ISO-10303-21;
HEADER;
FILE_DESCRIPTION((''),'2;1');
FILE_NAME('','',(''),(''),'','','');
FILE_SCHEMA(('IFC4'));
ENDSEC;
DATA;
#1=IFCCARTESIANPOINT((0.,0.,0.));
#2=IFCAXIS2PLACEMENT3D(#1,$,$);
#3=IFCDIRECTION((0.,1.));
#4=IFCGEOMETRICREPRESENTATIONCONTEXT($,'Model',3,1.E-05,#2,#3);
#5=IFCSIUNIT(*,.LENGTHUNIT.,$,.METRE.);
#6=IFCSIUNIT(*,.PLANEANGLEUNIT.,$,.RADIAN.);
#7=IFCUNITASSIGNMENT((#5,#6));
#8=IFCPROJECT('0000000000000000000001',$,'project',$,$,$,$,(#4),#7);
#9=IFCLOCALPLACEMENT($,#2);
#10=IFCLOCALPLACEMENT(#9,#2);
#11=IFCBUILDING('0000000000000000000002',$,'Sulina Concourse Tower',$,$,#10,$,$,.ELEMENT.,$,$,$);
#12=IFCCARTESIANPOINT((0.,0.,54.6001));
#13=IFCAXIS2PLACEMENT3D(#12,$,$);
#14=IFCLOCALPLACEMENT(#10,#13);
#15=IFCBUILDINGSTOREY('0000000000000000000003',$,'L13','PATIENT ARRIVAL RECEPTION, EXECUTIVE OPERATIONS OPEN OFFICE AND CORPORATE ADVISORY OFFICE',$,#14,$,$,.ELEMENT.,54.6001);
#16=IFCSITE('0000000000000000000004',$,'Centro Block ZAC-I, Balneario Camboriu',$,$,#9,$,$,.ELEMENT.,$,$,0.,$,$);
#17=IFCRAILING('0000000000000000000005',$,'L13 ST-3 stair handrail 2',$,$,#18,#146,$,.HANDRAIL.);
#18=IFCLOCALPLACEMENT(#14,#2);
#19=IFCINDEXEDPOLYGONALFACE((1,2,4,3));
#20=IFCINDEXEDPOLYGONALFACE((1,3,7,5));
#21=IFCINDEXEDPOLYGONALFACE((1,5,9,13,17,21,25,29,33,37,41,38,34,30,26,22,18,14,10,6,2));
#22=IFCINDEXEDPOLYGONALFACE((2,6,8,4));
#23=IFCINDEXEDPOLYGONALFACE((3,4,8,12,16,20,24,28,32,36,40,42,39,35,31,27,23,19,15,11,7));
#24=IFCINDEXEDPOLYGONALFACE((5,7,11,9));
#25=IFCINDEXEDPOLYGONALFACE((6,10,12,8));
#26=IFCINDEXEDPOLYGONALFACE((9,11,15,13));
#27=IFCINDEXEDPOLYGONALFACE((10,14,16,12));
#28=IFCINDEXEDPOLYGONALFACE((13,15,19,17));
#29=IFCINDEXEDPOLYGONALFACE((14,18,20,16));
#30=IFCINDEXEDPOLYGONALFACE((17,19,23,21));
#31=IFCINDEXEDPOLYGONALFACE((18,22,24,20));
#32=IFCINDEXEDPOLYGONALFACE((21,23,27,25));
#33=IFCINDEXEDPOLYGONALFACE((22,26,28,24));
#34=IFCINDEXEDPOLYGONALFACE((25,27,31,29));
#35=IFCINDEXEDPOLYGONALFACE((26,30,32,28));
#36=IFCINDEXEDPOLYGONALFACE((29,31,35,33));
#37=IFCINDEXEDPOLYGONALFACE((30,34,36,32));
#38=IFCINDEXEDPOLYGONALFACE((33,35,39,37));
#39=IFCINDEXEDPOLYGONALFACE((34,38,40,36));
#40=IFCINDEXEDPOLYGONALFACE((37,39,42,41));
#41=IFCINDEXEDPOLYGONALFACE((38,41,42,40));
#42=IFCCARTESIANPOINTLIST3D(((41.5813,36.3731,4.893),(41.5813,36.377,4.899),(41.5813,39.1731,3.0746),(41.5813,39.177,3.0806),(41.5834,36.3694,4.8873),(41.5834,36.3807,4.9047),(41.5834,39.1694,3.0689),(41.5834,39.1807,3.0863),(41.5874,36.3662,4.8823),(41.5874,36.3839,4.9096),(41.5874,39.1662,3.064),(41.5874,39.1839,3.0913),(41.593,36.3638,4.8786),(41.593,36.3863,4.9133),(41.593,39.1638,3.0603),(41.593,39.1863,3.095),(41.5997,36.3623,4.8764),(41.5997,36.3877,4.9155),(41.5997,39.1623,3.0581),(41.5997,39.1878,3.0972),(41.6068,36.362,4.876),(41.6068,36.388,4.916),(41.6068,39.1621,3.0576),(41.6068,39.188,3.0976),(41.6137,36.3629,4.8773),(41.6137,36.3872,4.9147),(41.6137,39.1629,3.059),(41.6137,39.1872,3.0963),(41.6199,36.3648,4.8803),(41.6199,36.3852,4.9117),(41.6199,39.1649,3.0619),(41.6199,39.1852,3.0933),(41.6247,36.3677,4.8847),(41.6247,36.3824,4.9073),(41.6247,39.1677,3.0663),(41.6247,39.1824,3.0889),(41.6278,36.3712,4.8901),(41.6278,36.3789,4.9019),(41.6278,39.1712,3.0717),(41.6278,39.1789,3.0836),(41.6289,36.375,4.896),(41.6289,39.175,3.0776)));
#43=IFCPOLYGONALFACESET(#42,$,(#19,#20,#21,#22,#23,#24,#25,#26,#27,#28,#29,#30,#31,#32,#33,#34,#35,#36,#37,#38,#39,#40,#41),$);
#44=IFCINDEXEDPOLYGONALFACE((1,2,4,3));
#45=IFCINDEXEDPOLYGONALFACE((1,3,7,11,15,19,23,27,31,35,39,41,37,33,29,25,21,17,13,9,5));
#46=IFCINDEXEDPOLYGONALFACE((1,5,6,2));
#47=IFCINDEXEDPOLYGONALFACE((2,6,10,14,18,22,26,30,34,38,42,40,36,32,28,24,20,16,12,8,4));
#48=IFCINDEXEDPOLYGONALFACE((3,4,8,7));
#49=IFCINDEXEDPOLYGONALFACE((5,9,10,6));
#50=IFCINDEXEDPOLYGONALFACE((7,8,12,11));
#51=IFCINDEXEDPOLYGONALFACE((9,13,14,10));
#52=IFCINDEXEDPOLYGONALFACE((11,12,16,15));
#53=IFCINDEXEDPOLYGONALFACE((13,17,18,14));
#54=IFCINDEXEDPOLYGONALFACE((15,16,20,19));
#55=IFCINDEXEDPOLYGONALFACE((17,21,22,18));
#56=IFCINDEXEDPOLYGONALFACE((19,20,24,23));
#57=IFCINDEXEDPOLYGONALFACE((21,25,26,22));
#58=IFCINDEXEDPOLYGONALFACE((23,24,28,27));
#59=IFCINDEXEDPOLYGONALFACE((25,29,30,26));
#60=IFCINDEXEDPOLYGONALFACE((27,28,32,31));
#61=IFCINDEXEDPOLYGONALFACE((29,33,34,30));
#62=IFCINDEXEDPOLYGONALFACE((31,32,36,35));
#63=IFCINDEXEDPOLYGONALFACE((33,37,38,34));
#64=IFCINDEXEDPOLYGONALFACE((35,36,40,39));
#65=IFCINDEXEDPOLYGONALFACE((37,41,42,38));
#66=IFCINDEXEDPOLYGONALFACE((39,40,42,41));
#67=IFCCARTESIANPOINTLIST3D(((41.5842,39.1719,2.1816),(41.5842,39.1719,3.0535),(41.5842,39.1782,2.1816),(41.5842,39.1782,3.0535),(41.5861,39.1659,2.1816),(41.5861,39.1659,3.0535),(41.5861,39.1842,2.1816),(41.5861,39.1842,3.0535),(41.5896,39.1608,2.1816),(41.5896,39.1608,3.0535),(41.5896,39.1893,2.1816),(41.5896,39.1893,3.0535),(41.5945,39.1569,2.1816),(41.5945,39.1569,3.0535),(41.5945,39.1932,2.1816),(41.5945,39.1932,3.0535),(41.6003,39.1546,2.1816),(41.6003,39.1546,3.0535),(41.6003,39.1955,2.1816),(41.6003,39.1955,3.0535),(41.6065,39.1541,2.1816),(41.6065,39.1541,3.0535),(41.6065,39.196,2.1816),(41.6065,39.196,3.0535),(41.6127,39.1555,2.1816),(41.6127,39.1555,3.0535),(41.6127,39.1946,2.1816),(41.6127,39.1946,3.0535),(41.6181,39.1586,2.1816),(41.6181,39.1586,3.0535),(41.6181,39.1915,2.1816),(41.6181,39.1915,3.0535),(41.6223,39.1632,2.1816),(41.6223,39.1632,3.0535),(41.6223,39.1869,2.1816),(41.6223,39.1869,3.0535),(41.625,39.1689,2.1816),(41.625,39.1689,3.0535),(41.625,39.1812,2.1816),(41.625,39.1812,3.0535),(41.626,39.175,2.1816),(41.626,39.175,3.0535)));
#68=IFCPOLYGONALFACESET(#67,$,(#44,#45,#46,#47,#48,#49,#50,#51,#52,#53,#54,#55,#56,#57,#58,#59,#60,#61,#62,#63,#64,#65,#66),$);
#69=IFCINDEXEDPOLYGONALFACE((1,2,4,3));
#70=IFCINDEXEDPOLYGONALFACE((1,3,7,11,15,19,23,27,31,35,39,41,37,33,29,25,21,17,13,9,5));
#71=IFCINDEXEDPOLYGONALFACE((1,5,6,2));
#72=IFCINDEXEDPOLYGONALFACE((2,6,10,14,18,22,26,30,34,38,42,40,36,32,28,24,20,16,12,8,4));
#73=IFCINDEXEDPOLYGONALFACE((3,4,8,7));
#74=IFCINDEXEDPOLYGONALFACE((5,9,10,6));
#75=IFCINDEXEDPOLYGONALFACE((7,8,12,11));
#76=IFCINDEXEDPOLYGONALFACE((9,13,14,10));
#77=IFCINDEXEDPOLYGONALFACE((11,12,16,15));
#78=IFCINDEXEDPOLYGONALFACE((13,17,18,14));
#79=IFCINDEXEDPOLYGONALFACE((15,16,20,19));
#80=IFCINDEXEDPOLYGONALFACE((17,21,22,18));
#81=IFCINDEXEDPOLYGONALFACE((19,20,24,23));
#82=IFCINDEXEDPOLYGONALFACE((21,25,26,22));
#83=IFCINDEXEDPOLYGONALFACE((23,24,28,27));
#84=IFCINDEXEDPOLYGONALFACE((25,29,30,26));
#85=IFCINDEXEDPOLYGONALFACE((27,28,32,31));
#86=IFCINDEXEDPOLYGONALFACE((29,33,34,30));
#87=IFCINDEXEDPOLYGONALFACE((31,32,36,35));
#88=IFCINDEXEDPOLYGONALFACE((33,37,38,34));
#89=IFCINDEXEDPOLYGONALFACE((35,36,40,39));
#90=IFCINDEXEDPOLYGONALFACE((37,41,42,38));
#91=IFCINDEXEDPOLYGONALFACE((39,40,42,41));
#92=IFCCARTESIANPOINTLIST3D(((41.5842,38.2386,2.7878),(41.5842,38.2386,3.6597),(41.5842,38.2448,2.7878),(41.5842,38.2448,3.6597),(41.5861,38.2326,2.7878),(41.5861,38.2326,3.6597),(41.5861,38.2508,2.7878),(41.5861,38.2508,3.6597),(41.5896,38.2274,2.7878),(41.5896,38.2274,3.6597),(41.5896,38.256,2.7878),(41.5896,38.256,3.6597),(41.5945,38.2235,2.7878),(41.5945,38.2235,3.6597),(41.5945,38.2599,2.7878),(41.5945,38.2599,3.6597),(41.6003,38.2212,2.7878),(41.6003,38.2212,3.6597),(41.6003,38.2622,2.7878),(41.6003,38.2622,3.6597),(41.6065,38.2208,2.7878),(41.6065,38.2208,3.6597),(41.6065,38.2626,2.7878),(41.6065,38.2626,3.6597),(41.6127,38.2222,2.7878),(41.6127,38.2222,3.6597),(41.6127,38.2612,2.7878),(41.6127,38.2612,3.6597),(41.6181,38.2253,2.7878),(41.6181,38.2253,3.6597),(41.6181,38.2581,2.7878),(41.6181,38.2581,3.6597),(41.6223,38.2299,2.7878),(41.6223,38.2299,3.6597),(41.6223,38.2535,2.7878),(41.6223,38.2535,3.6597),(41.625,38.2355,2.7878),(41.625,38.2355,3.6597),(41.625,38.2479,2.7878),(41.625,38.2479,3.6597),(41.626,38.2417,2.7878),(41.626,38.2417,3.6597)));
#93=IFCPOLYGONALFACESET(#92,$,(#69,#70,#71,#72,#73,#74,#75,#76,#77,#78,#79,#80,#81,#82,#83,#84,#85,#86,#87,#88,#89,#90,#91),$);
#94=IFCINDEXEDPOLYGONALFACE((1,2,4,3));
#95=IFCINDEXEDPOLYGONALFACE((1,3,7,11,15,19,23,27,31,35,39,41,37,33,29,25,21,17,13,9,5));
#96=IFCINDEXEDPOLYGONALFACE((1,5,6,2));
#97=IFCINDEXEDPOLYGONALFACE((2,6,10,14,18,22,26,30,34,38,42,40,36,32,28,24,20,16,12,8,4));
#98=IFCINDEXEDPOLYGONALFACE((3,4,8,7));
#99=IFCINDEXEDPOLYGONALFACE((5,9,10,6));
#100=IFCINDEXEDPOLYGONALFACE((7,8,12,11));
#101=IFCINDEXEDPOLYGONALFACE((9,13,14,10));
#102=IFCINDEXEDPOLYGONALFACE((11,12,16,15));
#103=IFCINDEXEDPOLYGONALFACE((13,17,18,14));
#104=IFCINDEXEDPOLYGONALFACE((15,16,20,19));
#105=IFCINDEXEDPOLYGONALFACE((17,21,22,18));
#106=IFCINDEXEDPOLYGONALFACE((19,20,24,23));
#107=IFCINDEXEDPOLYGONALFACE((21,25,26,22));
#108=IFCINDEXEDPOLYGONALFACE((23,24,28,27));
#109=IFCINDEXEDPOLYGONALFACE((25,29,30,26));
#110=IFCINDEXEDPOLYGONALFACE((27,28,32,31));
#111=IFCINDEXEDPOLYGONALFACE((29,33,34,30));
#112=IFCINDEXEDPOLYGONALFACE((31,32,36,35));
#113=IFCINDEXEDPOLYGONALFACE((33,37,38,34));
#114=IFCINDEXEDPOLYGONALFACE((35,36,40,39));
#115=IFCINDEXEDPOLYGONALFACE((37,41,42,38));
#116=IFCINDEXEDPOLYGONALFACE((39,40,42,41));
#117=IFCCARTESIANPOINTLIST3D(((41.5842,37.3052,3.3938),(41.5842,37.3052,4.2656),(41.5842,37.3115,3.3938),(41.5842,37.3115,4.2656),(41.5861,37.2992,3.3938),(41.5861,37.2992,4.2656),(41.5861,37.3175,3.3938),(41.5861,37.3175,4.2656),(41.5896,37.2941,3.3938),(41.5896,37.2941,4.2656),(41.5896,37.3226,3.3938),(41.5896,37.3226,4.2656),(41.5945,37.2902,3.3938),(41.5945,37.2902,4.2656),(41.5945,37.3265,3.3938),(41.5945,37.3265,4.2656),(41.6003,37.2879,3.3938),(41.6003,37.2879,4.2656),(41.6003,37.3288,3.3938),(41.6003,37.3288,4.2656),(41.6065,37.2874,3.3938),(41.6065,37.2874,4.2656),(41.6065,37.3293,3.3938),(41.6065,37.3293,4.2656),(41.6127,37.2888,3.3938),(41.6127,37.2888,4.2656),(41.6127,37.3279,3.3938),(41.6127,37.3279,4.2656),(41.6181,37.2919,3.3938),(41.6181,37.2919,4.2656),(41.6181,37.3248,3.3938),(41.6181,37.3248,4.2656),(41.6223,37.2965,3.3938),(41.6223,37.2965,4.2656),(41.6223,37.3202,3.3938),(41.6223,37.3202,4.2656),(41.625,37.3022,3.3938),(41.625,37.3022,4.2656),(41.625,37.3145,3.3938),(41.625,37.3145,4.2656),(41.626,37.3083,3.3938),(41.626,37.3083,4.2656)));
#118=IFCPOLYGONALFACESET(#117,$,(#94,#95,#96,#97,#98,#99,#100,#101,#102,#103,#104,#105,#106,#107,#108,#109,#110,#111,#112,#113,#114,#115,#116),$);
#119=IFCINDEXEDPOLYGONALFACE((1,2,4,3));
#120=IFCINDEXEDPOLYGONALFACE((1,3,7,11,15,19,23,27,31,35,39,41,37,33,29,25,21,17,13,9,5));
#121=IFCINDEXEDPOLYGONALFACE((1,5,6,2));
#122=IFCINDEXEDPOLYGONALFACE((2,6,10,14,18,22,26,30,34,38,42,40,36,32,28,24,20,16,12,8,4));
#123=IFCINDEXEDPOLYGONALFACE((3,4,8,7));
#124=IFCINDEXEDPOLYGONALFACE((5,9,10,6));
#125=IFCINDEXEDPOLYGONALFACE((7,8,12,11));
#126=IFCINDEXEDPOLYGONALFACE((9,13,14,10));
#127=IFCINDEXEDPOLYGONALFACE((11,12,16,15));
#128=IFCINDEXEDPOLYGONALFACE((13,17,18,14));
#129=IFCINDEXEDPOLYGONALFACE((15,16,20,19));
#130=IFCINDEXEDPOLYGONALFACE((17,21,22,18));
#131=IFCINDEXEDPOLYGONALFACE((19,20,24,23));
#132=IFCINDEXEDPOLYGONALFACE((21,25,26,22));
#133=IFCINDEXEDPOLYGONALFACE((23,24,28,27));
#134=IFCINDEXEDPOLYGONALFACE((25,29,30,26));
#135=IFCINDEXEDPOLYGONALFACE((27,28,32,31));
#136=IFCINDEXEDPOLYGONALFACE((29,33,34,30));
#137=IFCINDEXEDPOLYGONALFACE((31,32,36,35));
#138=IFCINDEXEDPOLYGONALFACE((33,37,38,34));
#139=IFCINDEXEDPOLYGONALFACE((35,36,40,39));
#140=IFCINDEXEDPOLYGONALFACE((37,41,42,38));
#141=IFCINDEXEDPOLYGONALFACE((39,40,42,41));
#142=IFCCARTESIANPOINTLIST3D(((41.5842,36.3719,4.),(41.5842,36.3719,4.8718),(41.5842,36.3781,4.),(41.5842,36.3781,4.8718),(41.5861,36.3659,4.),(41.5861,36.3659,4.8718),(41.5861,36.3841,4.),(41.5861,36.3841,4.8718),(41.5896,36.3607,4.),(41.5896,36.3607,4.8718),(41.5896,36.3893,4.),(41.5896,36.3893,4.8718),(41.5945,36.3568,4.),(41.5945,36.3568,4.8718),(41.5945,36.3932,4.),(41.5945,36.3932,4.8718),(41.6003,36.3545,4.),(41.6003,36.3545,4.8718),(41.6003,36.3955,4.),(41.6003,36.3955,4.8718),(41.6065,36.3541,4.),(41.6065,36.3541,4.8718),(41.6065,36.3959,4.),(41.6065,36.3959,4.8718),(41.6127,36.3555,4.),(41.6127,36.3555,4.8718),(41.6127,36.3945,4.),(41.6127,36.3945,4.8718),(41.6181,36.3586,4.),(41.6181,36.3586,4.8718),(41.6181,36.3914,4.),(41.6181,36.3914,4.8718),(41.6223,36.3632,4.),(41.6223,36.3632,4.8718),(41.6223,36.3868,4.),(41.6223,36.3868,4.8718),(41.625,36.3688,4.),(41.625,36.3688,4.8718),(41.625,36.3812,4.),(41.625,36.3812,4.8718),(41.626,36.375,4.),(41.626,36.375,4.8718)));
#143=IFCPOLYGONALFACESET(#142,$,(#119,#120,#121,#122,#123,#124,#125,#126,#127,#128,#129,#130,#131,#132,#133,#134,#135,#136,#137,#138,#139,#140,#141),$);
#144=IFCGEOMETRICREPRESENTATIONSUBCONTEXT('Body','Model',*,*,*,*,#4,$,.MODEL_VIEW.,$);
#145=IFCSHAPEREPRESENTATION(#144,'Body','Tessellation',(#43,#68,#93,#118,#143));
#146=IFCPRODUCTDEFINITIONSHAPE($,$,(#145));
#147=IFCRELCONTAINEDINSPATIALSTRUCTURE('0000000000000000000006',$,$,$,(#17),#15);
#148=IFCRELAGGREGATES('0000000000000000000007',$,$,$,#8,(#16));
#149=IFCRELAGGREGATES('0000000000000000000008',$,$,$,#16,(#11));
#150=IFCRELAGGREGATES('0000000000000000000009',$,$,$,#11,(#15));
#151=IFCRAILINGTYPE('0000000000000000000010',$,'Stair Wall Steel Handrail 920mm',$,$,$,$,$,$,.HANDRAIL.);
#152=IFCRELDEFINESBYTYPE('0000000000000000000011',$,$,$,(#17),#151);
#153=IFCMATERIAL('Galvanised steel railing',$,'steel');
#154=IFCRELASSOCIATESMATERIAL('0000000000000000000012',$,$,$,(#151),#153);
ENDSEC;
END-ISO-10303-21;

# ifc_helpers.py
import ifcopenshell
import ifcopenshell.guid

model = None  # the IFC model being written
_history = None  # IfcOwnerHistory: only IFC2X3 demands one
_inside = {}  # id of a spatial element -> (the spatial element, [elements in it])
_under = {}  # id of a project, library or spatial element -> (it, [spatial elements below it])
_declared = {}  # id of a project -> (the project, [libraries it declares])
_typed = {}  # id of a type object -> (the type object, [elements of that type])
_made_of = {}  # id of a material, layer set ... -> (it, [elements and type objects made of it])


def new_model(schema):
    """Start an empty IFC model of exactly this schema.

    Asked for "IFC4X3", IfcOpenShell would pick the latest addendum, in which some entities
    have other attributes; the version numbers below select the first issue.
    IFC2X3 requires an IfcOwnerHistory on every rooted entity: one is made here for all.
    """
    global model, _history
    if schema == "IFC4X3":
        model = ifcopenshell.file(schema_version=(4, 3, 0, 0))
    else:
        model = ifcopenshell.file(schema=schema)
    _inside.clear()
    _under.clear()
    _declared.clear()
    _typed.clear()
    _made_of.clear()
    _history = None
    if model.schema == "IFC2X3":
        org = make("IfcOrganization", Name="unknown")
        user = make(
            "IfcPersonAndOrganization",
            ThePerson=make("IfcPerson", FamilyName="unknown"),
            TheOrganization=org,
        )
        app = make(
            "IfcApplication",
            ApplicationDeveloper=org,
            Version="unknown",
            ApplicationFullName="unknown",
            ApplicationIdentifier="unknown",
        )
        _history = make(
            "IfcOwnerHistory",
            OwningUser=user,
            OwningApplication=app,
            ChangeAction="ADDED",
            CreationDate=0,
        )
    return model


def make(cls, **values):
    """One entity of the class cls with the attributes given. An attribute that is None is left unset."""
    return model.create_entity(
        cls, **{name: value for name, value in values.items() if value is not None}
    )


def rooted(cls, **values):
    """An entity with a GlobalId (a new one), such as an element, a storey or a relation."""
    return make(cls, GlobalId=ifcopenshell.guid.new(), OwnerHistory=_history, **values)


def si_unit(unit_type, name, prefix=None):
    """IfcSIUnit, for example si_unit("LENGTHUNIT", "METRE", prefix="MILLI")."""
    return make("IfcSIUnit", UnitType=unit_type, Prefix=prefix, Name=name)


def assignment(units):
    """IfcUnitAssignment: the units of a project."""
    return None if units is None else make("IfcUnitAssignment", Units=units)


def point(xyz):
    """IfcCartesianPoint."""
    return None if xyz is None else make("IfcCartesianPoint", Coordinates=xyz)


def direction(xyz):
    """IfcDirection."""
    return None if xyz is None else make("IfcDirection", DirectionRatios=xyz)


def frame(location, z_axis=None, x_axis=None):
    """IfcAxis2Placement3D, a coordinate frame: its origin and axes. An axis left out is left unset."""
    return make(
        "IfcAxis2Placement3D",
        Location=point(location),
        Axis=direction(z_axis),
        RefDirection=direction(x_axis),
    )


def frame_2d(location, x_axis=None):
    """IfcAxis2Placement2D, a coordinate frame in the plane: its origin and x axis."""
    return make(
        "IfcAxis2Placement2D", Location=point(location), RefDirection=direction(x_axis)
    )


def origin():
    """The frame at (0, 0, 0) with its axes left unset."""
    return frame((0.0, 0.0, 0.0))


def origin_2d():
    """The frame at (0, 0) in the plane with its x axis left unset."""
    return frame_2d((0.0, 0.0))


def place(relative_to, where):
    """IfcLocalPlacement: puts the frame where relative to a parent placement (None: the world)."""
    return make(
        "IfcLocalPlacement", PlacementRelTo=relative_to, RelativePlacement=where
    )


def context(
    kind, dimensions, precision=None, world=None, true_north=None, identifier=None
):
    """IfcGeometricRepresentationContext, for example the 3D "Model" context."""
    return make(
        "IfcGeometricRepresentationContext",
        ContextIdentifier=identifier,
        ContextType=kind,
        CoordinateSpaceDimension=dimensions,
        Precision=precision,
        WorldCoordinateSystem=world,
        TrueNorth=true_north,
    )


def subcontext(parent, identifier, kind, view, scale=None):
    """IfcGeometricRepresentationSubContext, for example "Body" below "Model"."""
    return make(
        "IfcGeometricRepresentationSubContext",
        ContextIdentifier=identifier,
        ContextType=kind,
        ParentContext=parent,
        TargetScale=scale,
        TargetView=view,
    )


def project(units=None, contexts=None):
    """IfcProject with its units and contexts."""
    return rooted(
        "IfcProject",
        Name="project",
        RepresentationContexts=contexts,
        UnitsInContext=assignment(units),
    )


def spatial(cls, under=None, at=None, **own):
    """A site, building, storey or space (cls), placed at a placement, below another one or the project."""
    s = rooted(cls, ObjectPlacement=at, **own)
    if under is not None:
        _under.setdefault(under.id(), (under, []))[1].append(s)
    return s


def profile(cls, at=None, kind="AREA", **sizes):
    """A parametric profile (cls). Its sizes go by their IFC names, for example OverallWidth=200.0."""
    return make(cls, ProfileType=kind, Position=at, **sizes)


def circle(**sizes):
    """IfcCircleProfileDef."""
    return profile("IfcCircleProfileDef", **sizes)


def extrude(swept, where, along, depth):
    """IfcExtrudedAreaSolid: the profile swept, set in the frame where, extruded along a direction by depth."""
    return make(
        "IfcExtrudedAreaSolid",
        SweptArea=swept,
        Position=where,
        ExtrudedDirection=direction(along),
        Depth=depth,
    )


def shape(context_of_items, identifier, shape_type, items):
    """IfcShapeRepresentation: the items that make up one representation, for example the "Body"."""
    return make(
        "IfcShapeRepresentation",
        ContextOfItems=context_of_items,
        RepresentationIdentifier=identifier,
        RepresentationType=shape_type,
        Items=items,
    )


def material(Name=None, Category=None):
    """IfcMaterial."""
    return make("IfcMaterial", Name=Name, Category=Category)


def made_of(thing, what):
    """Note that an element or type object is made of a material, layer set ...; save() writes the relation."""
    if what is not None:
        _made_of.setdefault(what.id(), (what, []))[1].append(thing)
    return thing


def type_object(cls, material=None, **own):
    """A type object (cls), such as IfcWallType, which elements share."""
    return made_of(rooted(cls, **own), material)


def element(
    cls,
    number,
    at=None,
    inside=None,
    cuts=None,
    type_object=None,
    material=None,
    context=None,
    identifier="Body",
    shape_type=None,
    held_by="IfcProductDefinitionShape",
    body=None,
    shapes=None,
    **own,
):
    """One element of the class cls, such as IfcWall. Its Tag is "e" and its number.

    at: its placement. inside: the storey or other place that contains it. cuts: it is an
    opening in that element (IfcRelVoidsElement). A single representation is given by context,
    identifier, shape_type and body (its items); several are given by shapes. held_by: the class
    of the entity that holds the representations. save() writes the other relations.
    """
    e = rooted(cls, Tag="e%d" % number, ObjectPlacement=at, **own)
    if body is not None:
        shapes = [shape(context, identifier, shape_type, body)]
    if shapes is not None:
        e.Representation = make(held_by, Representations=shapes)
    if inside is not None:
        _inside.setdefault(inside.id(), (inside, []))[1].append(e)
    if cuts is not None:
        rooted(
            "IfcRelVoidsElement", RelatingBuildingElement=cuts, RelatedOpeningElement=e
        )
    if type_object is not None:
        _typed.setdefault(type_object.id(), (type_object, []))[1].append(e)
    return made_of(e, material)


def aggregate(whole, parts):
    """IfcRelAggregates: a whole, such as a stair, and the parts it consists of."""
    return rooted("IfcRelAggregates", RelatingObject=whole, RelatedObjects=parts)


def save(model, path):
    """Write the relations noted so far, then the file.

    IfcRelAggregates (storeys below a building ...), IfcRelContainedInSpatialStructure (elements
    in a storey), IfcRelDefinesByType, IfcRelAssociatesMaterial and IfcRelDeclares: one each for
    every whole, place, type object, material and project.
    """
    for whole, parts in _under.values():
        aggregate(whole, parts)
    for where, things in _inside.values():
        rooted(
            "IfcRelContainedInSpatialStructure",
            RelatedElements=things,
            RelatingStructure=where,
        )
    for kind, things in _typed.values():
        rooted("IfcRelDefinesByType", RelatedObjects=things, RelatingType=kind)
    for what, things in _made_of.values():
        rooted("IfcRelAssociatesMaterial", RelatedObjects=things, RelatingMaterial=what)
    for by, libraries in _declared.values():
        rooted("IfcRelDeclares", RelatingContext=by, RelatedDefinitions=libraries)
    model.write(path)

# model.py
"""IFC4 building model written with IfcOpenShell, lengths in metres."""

from ifc_helpers import new_model, si_unit, direction, frame, origin, origin_2d, place, context, subcontext, project, spatial, circle, extrude, material, type_object, element, save


model = new_model("IFC4")

# Units and contexts
model_context = context("Model", 3, precision=1e-05, world=origin(), true_north=direction((0.0, 1.0)))
body_context = subcontext(model_context, "Body", "Model", "MODEL_VIEW")
ifc_project = project(units=[si_unit("LENGTHUNIT", "METRE"), si_unit("PLANEANGLEUNIT", "RADIAN")], contexts=[model_context])

# Site, building, storey
site_placement = place(None, origin())
site = spatial("IfcSite", under=ifc_project, at=site_placement, Name="Centro Block ZAC-I, Balneario Camboriu", CompositionType="ELEMENT", RefElevation=0.0)
building_placement = place(site_placement, origin())
building = spatial("IfcBuilding", under=site, at=building_placement, Name="Sulina Concourse Tower", CompositionType="ELEMENT")
storey_placement = place(building_placement, frame((0.0, 0.0, 54.6001)))
storey = spatial("IfcBuildingStorey", under=building, at=storey_placement, Name="L13", Description="PATIENT ARRIVAL RECEPTION, EXECUTIVE OPERATIONS OPEN OFFICE AND CORPORATE ADVISORY OFFICE", CompositionType="ELEMENT", Elevation=54.6001)

# Railing
ifc_material_1 = material(Name="Galvanised steel railing", Category="steel")
railing_type_1 = type_object("IfcRailingType", Name="Stair Wall Steel Handrail 920mm", PredefinedType="HANDRAIL", material=ifc_material_1)
railing_1_placement = place(storey_placement, frame((41.605, 39.175, 2.1816)))
element("IfcRailing", 1, at=railing_1_placement, inside=storey, type_object=railing_type_1, Name="L13 ST-3 stair handrail 2", PredefinedType="HANDRAIL", context=body_context, shape_type="SweptSolid", body=[
    extrude(circle(Radius=0.0239, at=origin_2d()), frame((0.0, 0.0, 0.896), z_axis=(0.0, -0.838672, 0.544636), x_axis=(1.0, 0.0, 0.0)), (0.0, 0.0, 1.0), 3.3386),
    extrude(circle(Radius=0.021, at=origin_2d()), origin(), (0.0, 0.0, 1.0), 0.8718),
    extrude(circle(Radius=0.021, at=origin_2d()), frame((0.0, -0.9333, 0.6062)), (0.0, 0.0, 1.0), 0.8718),
    extrude(circle(Radius=0.021, at=origin_2d()), frame((0.0, -1.8667, 1.2122)), (0.0, 0.0, 1.0), 0.8718),
    extrude(circle(Radius=0.021, at=origin_2d()), frame((0.0, -2.8, 1.8184)), (0.0, 0.0, 1.0), 0.8718),
])

save(model, "model.ifc")
